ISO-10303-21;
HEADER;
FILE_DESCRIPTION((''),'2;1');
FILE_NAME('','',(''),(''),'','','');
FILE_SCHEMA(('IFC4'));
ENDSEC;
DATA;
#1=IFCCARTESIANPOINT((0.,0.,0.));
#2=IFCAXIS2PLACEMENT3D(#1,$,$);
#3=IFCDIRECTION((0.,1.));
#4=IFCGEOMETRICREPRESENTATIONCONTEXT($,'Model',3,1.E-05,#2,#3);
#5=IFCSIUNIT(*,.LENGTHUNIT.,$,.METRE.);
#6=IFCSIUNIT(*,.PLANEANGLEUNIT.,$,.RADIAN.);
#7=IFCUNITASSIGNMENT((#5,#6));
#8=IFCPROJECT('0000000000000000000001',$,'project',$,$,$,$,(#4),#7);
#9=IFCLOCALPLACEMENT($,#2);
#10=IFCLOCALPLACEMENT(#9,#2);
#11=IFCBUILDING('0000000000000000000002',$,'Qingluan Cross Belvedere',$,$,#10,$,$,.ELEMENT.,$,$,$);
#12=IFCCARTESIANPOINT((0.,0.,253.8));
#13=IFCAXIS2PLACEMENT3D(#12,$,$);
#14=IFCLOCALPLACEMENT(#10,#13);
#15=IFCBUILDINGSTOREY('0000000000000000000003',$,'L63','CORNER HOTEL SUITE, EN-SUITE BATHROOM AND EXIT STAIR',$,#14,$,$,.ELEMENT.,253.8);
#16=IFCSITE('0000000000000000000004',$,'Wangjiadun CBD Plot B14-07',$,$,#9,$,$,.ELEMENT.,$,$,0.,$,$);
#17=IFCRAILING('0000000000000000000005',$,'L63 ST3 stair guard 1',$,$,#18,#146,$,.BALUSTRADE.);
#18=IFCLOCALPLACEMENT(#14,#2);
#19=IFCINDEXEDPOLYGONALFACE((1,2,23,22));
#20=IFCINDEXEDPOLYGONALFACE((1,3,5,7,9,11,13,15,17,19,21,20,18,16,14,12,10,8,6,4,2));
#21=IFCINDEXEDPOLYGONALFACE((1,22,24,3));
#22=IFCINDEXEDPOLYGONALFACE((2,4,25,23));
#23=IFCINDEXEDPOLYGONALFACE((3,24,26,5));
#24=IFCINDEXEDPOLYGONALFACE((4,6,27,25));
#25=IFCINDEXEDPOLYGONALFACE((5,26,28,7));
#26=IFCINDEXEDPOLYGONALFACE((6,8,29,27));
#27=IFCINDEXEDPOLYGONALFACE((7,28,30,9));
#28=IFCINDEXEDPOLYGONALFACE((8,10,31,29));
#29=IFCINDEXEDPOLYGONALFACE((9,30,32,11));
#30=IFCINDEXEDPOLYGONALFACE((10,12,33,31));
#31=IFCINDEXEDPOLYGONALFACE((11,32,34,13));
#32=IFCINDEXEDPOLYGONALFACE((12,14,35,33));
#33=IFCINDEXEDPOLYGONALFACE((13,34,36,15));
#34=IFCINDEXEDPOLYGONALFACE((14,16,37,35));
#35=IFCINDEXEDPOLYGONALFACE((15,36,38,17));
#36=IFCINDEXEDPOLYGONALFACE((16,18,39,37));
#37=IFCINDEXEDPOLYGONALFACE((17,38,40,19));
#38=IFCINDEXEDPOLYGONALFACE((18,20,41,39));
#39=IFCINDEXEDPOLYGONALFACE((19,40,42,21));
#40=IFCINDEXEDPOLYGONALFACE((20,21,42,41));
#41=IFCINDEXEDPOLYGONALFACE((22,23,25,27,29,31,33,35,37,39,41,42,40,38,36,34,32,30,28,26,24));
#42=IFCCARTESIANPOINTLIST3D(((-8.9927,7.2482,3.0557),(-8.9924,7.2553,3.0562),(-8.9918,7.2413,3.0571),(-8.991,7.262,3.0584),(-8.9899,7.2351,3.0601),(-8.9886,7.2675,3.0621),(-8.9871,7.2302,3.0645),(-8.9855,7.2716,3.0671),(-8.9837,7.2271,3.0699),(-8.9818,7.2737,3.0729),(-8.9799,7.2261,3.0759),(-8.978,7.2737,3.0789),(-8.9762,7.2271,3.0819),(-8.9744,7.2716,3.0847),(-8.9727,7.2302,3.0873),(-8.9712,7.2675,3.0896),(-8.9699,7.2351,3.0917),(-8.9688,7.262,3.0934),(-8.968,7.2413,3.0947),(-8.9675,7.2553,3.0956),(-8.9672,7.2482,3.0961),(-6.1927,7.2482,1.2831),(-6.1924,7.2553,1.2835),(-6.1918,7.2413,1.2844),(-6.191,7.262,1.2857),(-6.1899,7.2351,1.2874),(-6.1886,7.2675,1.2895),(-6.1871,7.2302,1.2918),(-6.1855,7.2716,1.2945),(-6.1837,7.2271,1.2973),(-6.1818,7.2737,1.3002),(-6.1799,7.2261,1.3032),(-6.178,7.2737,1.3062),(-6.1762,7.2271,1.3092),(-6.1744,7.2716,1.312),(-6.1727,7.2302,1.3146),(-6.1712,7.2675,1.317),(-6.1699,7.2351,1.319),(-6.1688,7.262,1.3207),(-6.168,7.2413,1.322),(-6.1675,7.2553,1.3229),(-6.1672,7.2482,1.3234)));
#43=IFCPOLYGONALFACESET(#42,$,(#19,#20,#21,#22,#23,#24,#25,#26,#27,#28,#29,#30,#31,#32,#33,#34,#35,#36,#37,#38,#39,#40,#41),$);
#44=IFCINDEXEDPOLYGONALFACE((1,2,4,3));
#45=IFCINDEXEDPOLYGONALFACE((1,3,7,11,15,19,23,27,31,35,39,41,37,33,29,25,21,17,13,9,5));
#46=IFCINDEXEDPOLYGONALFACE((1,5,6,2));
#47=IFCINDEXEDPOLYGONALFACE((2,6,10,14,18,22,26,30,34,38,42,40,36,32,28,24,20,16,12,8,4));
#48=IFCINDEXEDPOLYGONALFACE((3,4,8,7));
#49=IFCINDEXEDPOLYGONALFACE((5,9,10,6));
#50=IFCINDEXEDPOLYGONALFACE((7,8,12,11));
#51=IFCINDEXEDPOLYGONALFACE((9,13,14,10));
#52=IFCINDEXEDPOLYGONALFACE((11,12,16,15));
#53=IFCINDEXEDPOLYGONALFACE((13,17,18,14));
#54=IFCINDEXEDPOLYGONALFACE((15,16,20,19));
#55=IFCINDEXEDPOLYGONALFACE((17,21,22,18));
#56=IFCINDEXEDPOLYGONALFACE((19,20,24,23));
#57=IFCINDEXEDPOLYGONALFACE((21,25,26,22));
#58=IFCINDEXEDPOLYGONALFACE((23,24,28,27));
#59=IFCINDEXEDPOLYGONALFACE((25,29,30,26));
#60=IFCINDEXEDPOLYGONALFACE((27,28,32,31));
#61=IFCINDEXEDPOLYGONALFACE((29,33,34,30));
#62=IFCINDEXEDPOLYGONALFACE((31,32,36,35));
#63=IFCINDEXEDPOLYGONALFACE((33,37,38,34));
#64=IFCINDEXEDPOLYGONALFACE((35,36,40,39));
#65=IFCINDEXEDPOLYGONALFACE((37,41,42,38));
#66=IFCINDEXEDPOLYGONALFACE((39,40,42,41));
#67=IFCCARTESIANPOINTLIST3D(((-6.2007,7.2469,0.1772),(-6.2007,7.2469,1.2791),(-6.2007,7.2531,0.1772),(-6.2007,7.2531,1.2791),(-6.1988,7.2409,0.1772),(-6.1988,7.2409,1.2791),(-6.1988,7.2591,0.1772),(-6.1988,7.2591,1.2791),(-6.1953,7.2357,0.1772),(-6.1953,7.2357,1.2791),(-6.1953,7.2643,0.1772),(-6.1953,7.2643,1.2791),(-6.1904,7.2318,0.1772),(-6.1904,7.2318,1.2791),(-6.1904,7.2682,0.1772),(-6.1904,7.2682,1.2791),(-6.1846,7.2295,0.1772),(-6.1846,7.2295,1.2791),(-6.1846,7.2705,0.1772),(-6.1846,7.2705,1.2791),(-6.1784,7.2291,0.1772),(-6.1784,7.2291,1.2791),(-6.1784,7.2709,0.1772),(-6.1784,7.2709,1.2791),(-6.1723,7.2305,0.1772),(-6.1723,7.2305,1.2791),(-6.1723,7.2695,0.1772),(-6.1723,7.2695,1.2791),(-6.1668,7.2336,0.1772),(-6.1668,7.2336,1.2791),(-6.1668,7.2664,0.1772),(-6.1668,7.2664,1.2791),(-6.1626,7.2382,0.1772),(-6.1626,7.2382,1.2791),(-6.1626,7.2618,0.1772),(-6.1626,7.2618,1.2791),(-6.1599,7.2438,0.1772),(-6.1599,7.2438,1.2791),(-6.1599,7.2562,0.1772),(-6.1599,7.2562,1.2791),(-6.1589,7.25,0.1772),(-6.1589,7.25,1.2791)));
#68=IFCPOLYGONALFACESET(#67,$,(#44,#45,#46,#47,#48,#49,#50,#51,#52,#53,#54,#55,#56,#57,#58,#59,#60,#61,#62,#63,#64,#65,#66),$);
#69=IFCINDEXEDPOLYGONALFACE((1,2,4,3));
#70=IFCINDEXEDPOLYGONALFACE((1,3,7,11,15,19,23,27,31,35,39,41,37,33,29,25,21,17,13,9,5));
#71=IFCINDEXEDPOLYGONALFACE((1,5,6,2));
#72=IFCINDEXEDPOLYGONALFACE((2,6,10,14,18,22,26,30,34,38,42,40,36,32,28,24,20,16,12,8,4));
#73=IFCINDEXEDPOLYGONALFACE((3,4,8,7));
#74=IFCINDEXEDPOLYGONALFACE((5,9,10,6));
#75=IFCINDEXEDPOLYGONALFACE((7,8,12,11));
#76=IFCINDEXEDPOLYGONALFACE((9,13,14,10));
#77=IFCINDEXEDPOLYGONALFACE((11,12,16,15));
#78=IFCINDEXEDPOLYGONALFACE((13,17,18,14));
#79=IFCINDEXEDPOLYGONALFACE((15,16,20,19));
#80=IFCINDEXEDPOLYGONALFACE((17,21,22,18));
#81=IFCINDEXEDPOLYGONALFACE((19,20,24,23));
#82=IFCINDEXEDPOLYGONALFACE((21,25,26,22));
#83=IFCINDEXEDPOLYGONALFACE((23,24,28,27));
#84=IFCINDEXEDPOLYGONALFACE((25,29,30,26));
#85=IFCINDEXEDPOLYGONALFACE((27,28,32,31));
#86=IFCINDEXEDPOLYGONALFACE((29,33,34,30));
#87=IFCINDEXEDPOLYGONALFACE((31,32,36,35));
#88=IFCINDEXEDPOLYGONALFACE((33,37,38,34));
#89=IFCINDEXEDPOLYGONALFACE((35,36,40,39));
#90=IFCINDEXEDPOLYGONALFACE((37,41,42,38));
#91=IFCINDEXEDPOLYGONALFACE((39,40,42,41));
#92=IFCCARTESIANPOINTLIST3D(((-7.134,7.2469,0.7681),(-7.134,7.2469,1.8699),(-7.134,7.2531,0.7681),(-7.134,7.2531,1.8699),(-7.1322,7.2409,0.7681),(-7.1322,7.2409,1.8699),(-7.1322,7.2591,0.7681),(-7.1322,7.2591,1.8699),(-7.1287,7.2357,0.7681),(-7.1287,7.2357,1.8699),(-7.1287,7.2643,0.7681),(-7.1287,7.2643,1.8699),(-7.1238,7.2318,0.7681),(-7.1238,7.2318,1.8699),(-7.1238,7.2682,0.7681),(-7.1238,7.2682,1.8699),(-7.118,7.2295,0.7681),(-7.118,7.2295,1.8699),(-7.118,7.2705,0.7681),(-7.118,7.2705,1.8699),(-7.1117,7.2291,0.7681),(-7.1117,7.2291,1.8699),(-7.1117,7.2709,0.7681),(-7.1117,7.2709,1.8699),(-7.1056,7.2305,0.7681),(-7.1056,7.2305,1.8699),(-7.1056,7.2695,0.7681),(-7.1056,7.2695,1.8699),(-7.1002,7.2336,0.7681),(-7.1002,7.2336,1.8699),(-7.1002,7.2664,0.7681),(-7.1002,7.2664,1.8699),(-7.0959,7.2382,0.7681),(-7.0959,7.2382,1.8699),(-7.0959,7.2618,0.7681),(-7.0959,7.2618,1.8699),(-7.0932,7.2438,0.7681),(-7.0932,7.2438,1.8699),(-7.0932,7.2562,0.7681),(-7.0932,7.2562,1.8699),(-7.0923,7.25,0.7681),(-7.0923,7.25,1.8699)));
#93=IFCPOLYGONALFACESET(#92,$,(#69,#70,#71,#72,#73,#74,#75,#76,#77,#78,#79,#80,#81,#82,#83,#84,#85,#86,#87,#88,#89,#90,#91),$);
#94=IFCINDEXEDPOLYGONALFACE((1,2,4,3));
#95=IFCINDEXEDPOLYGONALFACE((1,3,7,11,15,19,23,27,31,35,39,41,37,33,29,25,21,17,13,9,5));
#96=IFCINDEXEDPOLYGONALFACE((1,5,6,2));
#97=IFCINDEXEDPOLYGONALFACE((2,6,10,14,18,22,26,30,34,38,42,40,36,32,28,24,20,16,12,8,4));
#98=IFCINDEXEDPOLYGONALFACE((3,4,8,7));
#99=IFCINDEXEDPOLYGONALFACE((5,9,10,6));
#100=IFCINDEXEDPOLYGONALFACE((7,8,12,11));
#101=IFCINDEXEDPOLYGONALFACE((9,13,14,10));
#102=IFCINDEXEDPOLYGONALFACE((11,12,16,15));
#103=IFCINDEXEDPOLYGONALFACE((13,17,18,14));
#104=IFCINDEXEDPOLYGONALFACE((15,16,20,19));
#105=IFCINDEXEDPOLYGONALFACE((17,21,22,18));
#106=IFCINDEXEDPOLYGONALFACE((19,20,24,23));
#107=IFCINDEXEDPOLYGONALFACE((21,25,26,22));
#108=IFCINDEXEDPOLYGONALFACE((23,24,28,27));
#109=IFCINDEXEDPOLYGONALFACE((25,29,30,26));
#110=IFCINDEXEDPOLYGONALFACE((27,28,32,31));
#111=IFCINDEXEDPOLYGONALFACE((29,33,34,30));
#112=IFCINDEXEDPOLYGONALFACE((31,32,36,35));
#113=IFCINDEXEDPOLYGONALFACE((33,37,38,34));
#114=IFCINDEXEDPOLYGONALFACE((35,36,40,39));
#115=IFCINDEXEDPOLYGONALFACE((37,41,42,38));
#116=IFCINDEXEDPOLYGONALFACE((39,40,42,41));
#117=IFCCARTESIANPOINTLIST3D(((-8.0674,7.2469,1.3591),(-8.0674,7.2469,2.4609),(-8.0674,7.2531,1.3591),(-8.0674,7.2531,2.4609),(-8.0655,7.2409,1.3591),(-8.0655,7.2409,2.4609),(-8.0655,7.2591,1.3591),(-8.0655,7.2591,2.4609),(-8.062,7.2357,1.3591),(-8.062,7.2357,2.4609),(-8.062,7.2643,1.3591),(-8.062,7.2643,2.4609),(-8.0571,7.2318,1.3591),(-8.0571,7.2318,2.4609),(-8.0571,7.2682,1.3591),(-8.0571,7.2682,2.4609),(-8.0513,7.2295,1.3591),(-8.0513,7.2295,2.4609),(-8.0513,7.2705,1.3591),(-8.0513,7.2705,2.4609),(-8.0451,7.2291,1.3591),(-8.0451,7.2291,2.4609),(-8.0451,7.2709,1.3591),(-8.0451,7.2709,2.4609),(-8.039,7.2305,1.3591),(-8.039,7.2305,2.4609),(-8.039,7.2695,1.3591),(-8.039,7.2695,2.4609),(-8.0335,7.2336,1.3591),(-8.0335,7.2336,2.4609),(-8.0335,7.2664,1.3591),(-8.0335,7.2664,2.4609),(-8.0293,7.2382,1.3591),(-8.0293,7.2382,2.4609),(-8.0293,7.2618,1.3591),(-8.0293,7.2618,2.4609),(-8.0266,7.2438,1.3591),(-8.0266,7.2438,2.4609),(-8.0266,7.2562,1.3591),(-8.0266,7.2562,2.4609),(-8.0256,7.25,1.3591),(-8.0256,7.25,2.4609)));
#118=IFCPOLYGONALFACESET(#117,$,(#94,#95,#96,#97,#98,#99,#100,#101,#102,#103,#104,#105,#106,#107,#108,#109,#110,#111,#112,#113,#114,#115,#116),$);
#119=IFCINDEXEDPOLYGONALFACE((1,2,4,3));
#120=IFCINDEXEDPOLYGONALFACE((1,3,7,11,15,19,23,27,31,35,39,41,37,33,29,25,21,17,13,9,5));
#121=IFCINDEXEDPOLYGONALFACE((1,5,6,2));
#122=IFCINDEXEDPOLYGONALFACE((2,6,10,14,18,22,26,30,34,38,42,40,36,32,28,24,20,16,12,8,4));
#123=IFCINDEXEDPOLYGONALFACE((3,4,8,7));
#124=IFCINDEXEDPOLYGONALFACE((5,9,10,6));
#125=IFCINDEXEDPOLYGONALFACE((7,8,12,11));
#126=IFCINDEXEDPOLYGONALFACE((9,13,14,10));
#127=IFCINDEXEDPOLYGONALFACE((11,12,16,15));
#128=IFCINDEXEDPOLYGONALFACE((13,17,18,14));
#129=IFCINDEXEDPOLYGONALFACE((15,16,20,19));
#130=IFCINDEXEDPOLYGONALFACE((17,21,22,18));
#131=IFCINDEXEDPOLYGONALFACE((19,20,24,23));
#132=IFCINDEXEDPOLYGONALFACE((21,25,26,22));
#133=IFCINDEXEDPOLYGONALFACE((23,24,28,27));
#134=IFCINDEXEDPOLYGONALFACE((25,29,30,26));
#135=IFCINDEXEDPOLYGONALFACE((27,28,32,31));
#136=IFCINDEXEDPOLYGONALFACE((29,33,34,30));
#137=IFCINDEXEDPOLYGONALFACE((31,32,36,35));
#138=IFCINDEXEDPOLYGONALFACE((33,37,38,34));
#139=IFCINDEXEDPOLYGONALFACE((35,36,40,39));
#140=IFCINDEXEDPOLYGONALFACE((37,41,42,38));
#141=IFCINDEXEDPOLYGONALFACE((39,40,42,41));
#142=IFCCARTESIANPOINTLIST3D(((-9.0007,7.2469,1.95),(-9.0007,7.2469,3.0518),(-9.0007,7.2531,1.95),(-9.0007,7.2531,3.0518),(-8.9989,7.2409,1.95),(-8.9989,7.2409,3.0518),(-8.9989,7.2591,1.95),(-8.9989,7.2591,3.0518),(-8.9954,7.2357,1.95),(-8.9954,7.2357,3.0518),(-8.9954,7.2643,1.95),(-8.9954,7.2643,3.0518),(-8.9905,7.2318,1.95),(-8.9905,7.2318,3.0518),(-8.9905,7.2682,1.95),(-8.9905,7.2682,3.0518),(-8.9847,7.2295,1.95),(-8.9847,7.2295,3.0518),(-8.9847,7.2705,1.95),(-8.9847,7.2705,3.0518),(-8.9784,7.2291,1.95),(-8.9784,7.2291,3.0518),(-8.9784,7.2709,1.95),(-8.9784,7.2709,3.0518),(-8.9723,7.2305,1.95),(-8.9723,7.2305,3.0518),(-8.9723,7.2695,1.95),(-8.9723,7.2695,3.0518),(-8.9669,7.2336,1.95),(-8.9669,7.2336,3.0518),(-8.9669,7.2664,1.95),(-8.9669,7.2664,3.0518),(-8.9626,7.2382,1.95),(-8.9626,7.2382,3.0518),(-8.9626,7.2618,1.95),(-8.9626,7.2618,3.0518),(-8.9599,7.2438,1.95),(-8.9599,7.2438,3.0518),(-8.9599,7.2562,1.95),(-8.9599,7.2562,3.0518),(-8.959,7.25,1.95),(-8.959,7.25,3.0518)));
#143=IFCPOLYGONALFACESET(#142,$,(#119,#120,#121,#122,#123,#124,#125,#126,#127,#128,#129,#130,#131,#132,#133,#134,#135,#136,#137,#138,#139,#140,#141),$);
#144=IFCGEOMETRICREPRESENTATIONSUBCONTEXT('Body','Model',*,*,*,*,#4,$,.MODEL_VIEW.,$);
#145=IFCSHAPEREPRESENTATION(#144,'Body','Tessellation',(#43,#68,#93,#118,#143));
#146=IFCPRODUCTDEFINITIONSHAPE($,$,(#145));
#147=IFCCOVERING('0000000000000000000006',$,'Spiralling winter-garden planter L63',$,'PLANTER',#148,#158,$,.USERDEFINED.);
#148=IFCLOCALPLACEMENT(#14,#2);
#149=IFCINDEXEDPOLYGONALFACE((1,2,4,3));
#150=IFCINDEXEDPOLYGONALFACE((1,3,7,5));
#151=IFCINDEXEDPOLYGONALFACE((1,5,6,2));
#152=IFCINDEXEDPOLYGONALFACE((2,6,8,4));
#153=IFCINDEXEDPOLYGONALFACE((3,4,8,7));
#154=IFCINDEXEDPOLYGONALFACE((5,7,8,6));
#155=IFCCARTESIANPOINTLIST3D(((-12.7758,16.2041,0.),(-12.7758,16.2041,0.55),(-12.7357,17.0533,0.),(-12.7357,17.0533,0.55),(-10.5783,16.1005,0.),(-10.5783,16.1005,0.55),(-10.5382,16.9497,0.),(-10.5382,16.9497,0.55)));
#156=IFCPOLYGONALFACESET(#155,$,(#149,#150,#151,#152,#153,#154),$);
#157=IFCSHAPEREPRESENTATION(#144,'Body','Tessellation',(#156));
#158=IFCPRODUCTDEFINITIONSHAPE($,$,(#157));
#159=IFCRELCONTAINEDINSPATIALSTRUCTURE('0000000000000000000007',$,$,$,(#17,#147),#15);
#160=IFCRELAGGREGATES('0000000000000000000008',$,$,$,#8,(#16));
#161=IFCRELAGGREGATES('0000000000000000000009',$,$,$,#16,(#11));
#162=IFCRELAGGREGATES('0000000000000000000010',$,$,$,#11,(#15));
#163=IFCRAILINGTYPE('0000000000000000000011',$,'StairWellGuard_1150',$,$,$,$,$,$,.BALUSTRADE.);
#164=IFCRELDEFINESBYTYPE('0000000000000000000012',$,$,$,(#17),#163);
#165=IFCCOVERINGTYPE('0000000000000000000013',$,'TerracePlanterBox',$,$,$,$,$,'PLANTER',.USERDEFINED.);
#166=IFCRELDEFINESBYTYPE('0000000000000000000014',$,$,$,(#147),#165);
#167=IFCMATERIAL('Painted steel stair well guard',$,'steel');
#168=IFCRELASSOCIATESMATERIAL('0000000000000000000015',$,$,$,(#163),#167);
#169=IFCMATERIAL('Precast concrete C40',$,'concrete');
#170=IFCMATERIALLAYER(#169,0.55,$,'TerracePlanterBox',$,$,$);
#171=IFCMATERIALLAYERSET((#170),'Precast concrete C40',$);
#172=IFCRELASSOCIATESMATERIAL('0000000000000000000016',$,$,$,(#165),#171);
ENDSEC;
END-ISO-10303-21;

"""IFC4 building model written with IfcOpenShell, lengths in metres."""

from ifc_helpers import new_model, si_unit, direction, frame, origin, origin_2d, place, context, subcontext, project, spatial, rectangle, circle, extrude, material, layer, layer_set, type_object, element, save


model = new_model("IFC4")

# Units and contexts
model_context = context("Model", 3, precision=1e-05, world=origin(), true_north=direction((0.0, 1.0)))
body_context = subcontext(model_context, "Body", "Model", "MODEL_VIEW")
ifc_project = project(units=[si_unit("LENGTHUNIT", "METRE"), si_unit("PLANEANGLEUNIT", "RADIAN")], contexts=[model_context])

# Site, building, storey
site_placement = place(None, origin())
site = spatial("IfcSite", under=ifc_project, at=site_placement, Name="Wangjiadun CBD Plot B14-07", CompositionType="ELEMENT", RefElevation=0.0)
building_placement = place(site_placement, origin())
building = spatial("IfcBuilding", under=site, at=building_placement, Name="Qingluan Cross Belvedere", CompositionType="ELEMENT")
storey_placement = place(building_placement, frame((0.0, 0.0, 253.8)))
storey = spatial("IfcBuildingStorey", under=building, at=storey_placement, Name="L63", Description="CORNER HOTEL SUITE, EN-SUITE BATHROOM AND EXIT STAIR", CompositionType="ELEMENT", Elevation=253.8)

# Railing
ifc_material_1 = material(Name="Painted steel stair well guard", Category="steel")
railing_type_1 = type_object("IfcRailingType", Name="StairWellGuard_1150", PredefinedType="BALUSTRADE", material=ifc_material_1)
railing_1_placement = place(storey_placement, frame((-6.1799, 7.25, 0.1772)))
element("IfcRailing", 1, at=railing_1_placement, inside=storey, type_object=railing_type_1, Name="L63 ST3 stair guard 1", PredefinedType="BALUSTRADE", context=body_context, shape_type="SweptSolid", body=[
    extrude(circle(Radius=0.0239, at=origin_2d()), frame((0.0, 0.0, 1.126), z_axis=(-0.844909, 0.0, 0.53491), x_axis=(0.0, -1.0, 0.0)), (0.0, 0.0, 1.0), 3.314),
    extrude(circle(Radius=0.021, at=origin_2d()), origin(), (0.0, 0.0, 1.0), 1.1018),
    extrude(circle(Radius=0.021, at=origin_2d()), frame((-0.9333, 0.0, 0.5908)), (0.0, 0.0, 1.0), 1.1018),
    extrude(circle(Radius=0.021, at=origin_2d()), frame((-1.8667, 0.0, 1.1819)), (0.0, 0.0, 1.0), 1.1018),
    extrude(circle(Radius=0.021, at=origin_2d()), frame((-2.8, 0.0, 1.7727)), (0.0, 0.0, 1.0), 1.1018),
])

# Covering
ifc_material_2 = material(Name="Precast concrete C40", Category="concrete")
ifc_layer_1 = layer(ifc_material_2, 0.55, Name="TerracePlanterBox")
ifc_layer_set_1 = layer_set([ifc_layer_1], Name="Precast concrete C40")
covering_type_1 = type_object("IfcCoveringType", Name="TerracePlanterBox", ElementType="PLANTER", PredefinedType="USERDEFINED", material=ifc_layer_set_1)
covering_1_placement = place(storey_placement, frame((-11.657, 16.5769, 0.0), z_axis=(0.0, 0.0, 1.0), x_axis=(0.99889, -0.047106, 0.0)))
element("IfcCovering", 2, at=covering_1_placement, inside=storey, type_object=covering_type_1, Name="Spiralling winter-garden planter L63", ObjectType="PLANTER", PredefinedType="USERDEFINED", context=body_context, shape_type="SweptSolid", body=[
    extrude(rectangle(XDim=2.2, YDim=0.8501, at=origin_2d()), origin(), (0.0, 0.0, 1.0), 0.55),
])

save(model, "model.ifc")
